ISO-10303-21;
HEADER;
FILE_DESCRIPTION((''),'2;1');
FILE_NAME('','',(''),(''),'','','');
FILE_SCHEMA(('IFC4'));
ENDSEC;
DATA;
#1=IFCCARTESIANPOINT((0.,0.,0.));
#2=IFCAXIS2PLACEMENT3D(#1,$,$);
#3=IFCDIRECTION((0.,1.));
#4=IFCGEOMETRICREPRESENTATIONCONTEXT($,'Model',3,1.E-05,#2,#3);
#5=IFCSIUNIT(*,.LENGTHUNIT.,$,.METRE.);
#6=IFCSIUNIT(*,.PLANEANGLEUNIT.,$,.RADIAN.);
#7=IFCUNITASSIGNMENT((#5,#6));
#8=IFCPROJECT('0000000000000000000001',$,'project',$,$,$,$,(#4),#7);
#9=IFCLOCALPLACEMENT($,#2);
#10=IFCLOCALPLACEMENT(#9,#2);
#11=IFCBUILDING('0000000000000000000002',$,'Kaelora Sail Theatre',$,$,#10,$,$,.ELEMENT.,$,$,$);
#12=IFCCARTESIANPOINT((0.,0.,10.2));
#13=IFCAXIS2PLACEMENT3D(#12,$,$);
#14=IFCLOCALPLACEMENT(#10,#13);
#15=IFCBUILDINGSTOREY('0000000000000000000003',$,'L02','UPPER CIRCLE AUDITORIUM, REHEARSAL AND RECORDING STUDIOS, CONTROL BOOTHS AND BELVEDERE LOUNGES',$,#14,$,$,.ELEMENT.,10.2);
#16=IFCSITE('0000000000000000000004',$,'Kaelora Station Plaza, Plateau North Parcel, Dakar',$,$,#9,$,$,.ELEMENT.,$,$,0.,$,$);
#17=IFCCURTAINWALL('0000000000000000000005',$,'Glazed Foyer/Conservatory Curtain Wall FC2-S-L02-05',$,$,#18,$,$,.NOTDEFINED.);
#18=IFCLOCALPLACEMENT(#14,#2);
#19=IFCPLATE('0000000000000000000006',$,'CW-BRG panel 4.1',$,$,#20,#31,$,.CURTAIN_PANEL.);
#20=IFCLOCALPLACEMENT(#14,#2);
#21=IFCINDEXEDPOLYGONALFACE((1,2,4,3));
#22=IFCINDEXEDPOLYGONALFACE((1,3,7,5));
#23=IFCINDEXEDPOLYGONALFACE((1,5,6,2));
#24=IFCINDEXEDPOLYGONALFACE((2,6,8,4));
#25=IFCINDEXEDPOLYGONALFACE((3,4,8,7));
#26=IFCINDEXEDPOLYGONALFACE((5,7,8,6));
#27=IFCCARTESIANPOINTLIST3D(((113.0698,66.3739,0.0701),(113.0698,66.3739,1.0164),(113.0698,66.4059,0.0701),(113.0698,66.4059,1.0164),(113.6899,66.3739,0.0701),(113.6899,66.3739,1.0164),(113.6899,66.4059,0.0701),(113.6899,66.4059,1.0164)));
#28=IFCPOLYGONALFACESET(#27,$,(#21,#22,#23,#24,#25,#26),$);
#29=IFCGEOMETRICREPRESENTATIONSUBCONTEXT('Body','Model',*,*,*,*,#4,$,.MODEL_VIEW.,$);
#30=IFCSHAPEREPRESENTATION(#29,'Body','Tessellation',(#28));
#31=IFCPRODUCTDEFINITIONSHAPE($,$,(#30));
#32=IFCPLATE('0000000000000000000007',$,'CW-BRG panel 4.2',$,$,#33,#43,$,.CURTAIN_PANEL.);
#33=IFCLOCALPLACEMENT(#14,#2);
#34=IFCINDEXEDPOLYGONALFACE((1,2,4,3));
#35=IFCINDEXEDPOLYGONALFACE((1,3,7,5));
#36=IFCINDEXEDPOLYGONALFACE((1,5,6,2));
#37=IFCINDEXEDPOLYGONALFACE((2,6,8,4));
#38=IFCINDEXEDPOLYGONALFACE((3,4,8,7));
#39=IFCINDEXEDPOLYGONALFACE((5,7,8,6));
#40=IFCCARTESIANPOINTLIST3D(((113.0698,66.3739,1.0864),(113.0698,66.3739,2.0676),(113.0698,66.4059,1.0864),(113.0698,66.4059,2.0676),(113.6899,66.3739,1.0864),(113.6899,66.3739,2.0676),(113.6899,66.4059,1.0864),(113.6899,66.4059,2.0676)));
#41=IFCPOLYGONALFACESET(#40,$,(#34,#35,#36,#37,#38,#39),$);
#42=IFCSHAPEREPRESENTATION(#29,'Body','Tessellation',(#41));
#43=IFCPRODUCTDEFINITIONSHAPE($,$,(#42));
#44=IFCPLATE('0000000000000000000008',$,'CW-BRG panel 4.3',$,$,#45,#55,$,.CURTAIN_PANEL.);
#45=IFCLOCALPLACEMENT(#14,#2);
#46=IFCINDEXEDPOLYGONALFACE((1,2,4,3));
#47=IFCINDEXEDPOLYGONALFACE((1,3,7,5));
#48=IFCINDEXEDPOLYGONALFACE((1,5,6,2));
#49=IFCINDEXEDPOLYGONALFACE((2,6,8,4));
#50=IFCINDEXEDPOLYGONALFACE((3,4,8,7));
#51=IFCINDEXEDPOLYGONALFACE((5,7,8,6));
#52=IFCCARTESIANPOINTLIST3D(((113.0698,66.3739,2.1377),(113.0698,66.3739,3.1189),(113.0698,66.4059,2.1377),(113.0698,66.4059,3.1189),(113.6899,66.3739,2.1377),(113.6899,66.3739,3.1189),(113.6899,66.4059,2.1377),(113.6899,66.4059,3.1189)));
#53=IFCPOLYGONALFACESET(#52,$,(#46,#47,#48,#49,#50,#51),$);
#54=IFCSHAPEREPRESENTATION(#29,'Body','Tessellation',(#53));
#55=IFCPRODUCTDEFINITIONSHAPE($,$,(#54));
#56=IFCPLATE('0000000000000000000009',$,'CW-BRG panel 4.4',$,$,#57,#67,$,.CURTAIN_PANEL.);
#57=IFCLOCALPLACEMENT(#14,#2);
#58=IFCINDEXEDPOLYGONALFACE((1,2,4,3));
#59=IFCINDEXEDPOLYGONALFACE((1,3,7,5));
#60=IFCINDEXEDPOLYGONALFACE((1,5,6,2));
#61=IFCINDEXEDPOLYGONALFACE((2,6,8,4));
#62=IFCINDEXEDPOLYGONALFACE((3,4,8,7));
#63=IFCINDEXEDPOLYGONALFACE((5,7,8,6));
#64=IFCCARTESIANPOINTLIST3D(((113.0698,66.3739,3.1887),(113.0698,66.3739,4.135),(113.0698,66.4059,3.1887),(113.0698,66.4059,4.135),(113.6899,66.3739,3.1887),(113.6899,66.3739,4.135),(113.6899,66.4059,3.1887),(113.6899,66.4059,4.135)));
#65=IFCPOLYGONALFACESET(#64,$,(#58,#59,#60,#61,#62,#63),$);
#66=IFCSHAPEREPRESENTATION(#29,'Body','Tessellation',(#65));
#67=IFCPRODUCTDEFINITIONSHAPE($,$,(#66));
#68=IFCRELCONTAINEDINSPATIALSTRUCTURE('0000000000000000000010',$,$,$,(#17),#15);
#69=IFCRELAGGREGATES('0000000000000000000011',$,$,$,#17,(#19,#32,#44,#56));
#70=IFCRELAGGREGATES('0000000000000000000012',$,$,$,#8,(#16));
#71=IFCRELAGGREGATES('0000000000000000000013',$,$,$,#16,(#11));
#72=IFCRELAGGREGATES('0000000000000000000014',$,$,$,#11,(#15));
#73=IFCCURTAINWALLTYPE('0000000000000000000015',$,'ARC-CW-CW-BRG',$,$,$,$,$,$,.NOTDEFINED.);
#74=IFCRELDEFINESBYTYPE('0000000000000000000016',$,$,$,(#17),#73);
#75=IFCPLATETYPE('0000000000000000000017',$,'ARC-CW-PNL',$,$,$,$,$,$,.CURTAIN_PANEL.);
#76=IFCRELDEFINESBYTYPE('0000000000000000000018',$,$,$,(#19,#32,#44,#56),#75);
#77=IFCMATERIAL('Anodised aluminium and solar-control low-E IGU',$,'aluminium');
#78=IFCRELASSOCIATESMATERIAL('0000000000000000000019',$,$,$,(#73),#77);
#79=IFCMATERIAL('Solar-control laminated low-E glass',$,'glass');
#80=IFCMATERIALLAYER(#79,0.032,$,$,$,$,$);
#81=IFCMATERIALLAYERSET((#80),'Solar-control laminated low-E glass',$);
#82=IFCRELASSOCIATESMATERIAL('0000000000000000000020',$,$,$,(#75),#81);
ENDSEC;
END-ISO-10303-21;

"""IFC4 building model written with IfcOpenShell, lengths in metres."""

from ifc_helpers import new_model, si_unit, direction, frame, origin, origin_2d, place, context, subcontext, project, spatial, rectangle, extrude, material, layer, layer_set, type_object, element, aggregate, save


model = new_model("IFC4")

# Units and contexts
model_context = context("Model", 3, precision=1e-05, world=origin(), true_north=direction((0.0, 1.0)))
body_context = subcontext(model_context, "Body", "Model", "MODEL_VIEW")
ifc_project = project(units=[si_unit("LENGTHUNIT", "METRE"), si_unit("PLANEANGLEUNIT", "RADIAN")], contexts=[model_context])

# Site, building, storey
site_placement = place(None, origin())
site = spatial("IfcSite", under=ifc_project, at=site_placement, Name="Kaelora Station Plaza, Plateau North Parcel, Dakar", CompositionType="ELEMENT", RefElevation=0.0)
building_placement = place(site_placement, origin())
building = spatial("IfcBuilding", under=site, at=building_placement, Name="Kaelora Sail Theatre", CompositionType="ELEMENT")
storey_placement = place(building_placement, frame((0.0, 0.0, 10.2)))
storey = spatial("IfcBuildingStorey", under=building, at=storey_placement, Name="L02", Description="UPPER CIRCLE AUDITORIUM, REHEARSAL AND RECORDING STUDIOS, CONTROL BOOTHS AND BELVEDERE LOUNGES", CompositionType="ELEMENT", Elevation=10.2)

# Curtain wall, plates
ifc_material_1 = material(Name="Anodised aluminium and solar-control low-E IGU", Category="aluminium")
curtain_wall_type = type_object("IfcCurtainWallType", Name="ARC-CW-CW-BRG", PredefinedType="NOTDEFINED", material=ifc_material_1)
curtain_wall_placement = place(storey_placement, origin())
curtain_wall = element("IfcCurtainWall", 1, at=curtain_wall_placement, inside=storey, type_object=curtain_wall_type, Name="Glazed Foyer/Conservatory Curtain Wall FC2-S-L02-05", PredefinedType="NOTDEFINED")
ifc_material_2 = material(Name="Solar-control laminated low-E glass", Category="glass")
ifc_layer = layer(ifc_material_2, 0.032)
ifc_layer_set = layer_set([ifc_layer], Name="Solar-control laminated low-E glass")
plate_type = type_object("IfcPlateType", Name="ARC-CW-PNL", PredefinedType="CURTAIN_PANEL", material=ifc_layer_set)
plate_1_placement = place(storey_placement, frame((113.3799, 66.3899, 0.0701), z_axis=(0.0, 0.0, 1.0), x_axis=(1.0, 0.0, 0.0)))
plate_1 = element("IfcPlate", 2, at=plate_1_placement, type_object=plate_type, Name="CW-BRG panel 4.1", PredefinedType="CURTAIN_PANEL", context=body_context, shape_type="SweptSolid", body=[
    extrude(rectangle(XDim=0.6201, YDim=0.032, at=origin_2d()), origin(), (0.0, 0.0, 1.0), 0.9463),
])
plate_2_placement = place(storey_placement, frame((113.3799, 66.3899, 1.0864), z_axis=(0.0, 0.0, 1.0), x_axis=(1.0, 0.0, 0.0)))
plate_2 = element("IfcPlate", 3, at=plate_2_placement, type_object=plate_type, Name="CW-BRG panel 4.2", PredefinedType="CURTAIN_PANEL", context=body_context, shape_type="SweptSolid", body=[
    extrude(rectangle(XDim=0.6201, YDim=0.032, at=origin_2d()), origin(), (0.0, 0.0, 1.0), 0.9812),
])
plate_3_placement = place(storey_placement, frame((113.3799, 66.3899, 2.1377), z_axis=(0.0, 0.0, 1.0), x_axis=(1.0, 0.0, 0.0)))
plate_3 = element("IfcPlate", 4, at=plate_3_placement, type_object=plate_type, Name="CW-BRG panel 4.3", PredefinedType="CURTAIN_PANEL", context=body_context, shape_type="SweptSolid", body=[
    extrude(rectangle(XDim=0.6201, YDim=0.032, at=origin_2d()), origin(), (0.0, 0.0, 1.0), 0.9812),
])
plate_4_placement = place(storey_placement, frame((113.3799, 66.3899, 3.1887), z_axis=(0.0, 0.0, 1.0), x_axis=(1.0, 0.0, 0.0)))
plate_4 = element("IfcPlate", 5, at=plate_4_placement, type_object=plate_type, Name="CW-BRG panel 4.4", PredefinedType="CURTAIN_PANEL", context=body_context, shape_type="SweptSolid", body=[
    extrude(rectangle(XDim=0.6201, YDim=0.032, at=origin_2d()), origin(), (0.0, 0.0, 1.0), 0.9463),
])
aggregate(curtain_wall, [plate_1, plate_2, plate_3, plate_4])

save(model, "model.ifc")
